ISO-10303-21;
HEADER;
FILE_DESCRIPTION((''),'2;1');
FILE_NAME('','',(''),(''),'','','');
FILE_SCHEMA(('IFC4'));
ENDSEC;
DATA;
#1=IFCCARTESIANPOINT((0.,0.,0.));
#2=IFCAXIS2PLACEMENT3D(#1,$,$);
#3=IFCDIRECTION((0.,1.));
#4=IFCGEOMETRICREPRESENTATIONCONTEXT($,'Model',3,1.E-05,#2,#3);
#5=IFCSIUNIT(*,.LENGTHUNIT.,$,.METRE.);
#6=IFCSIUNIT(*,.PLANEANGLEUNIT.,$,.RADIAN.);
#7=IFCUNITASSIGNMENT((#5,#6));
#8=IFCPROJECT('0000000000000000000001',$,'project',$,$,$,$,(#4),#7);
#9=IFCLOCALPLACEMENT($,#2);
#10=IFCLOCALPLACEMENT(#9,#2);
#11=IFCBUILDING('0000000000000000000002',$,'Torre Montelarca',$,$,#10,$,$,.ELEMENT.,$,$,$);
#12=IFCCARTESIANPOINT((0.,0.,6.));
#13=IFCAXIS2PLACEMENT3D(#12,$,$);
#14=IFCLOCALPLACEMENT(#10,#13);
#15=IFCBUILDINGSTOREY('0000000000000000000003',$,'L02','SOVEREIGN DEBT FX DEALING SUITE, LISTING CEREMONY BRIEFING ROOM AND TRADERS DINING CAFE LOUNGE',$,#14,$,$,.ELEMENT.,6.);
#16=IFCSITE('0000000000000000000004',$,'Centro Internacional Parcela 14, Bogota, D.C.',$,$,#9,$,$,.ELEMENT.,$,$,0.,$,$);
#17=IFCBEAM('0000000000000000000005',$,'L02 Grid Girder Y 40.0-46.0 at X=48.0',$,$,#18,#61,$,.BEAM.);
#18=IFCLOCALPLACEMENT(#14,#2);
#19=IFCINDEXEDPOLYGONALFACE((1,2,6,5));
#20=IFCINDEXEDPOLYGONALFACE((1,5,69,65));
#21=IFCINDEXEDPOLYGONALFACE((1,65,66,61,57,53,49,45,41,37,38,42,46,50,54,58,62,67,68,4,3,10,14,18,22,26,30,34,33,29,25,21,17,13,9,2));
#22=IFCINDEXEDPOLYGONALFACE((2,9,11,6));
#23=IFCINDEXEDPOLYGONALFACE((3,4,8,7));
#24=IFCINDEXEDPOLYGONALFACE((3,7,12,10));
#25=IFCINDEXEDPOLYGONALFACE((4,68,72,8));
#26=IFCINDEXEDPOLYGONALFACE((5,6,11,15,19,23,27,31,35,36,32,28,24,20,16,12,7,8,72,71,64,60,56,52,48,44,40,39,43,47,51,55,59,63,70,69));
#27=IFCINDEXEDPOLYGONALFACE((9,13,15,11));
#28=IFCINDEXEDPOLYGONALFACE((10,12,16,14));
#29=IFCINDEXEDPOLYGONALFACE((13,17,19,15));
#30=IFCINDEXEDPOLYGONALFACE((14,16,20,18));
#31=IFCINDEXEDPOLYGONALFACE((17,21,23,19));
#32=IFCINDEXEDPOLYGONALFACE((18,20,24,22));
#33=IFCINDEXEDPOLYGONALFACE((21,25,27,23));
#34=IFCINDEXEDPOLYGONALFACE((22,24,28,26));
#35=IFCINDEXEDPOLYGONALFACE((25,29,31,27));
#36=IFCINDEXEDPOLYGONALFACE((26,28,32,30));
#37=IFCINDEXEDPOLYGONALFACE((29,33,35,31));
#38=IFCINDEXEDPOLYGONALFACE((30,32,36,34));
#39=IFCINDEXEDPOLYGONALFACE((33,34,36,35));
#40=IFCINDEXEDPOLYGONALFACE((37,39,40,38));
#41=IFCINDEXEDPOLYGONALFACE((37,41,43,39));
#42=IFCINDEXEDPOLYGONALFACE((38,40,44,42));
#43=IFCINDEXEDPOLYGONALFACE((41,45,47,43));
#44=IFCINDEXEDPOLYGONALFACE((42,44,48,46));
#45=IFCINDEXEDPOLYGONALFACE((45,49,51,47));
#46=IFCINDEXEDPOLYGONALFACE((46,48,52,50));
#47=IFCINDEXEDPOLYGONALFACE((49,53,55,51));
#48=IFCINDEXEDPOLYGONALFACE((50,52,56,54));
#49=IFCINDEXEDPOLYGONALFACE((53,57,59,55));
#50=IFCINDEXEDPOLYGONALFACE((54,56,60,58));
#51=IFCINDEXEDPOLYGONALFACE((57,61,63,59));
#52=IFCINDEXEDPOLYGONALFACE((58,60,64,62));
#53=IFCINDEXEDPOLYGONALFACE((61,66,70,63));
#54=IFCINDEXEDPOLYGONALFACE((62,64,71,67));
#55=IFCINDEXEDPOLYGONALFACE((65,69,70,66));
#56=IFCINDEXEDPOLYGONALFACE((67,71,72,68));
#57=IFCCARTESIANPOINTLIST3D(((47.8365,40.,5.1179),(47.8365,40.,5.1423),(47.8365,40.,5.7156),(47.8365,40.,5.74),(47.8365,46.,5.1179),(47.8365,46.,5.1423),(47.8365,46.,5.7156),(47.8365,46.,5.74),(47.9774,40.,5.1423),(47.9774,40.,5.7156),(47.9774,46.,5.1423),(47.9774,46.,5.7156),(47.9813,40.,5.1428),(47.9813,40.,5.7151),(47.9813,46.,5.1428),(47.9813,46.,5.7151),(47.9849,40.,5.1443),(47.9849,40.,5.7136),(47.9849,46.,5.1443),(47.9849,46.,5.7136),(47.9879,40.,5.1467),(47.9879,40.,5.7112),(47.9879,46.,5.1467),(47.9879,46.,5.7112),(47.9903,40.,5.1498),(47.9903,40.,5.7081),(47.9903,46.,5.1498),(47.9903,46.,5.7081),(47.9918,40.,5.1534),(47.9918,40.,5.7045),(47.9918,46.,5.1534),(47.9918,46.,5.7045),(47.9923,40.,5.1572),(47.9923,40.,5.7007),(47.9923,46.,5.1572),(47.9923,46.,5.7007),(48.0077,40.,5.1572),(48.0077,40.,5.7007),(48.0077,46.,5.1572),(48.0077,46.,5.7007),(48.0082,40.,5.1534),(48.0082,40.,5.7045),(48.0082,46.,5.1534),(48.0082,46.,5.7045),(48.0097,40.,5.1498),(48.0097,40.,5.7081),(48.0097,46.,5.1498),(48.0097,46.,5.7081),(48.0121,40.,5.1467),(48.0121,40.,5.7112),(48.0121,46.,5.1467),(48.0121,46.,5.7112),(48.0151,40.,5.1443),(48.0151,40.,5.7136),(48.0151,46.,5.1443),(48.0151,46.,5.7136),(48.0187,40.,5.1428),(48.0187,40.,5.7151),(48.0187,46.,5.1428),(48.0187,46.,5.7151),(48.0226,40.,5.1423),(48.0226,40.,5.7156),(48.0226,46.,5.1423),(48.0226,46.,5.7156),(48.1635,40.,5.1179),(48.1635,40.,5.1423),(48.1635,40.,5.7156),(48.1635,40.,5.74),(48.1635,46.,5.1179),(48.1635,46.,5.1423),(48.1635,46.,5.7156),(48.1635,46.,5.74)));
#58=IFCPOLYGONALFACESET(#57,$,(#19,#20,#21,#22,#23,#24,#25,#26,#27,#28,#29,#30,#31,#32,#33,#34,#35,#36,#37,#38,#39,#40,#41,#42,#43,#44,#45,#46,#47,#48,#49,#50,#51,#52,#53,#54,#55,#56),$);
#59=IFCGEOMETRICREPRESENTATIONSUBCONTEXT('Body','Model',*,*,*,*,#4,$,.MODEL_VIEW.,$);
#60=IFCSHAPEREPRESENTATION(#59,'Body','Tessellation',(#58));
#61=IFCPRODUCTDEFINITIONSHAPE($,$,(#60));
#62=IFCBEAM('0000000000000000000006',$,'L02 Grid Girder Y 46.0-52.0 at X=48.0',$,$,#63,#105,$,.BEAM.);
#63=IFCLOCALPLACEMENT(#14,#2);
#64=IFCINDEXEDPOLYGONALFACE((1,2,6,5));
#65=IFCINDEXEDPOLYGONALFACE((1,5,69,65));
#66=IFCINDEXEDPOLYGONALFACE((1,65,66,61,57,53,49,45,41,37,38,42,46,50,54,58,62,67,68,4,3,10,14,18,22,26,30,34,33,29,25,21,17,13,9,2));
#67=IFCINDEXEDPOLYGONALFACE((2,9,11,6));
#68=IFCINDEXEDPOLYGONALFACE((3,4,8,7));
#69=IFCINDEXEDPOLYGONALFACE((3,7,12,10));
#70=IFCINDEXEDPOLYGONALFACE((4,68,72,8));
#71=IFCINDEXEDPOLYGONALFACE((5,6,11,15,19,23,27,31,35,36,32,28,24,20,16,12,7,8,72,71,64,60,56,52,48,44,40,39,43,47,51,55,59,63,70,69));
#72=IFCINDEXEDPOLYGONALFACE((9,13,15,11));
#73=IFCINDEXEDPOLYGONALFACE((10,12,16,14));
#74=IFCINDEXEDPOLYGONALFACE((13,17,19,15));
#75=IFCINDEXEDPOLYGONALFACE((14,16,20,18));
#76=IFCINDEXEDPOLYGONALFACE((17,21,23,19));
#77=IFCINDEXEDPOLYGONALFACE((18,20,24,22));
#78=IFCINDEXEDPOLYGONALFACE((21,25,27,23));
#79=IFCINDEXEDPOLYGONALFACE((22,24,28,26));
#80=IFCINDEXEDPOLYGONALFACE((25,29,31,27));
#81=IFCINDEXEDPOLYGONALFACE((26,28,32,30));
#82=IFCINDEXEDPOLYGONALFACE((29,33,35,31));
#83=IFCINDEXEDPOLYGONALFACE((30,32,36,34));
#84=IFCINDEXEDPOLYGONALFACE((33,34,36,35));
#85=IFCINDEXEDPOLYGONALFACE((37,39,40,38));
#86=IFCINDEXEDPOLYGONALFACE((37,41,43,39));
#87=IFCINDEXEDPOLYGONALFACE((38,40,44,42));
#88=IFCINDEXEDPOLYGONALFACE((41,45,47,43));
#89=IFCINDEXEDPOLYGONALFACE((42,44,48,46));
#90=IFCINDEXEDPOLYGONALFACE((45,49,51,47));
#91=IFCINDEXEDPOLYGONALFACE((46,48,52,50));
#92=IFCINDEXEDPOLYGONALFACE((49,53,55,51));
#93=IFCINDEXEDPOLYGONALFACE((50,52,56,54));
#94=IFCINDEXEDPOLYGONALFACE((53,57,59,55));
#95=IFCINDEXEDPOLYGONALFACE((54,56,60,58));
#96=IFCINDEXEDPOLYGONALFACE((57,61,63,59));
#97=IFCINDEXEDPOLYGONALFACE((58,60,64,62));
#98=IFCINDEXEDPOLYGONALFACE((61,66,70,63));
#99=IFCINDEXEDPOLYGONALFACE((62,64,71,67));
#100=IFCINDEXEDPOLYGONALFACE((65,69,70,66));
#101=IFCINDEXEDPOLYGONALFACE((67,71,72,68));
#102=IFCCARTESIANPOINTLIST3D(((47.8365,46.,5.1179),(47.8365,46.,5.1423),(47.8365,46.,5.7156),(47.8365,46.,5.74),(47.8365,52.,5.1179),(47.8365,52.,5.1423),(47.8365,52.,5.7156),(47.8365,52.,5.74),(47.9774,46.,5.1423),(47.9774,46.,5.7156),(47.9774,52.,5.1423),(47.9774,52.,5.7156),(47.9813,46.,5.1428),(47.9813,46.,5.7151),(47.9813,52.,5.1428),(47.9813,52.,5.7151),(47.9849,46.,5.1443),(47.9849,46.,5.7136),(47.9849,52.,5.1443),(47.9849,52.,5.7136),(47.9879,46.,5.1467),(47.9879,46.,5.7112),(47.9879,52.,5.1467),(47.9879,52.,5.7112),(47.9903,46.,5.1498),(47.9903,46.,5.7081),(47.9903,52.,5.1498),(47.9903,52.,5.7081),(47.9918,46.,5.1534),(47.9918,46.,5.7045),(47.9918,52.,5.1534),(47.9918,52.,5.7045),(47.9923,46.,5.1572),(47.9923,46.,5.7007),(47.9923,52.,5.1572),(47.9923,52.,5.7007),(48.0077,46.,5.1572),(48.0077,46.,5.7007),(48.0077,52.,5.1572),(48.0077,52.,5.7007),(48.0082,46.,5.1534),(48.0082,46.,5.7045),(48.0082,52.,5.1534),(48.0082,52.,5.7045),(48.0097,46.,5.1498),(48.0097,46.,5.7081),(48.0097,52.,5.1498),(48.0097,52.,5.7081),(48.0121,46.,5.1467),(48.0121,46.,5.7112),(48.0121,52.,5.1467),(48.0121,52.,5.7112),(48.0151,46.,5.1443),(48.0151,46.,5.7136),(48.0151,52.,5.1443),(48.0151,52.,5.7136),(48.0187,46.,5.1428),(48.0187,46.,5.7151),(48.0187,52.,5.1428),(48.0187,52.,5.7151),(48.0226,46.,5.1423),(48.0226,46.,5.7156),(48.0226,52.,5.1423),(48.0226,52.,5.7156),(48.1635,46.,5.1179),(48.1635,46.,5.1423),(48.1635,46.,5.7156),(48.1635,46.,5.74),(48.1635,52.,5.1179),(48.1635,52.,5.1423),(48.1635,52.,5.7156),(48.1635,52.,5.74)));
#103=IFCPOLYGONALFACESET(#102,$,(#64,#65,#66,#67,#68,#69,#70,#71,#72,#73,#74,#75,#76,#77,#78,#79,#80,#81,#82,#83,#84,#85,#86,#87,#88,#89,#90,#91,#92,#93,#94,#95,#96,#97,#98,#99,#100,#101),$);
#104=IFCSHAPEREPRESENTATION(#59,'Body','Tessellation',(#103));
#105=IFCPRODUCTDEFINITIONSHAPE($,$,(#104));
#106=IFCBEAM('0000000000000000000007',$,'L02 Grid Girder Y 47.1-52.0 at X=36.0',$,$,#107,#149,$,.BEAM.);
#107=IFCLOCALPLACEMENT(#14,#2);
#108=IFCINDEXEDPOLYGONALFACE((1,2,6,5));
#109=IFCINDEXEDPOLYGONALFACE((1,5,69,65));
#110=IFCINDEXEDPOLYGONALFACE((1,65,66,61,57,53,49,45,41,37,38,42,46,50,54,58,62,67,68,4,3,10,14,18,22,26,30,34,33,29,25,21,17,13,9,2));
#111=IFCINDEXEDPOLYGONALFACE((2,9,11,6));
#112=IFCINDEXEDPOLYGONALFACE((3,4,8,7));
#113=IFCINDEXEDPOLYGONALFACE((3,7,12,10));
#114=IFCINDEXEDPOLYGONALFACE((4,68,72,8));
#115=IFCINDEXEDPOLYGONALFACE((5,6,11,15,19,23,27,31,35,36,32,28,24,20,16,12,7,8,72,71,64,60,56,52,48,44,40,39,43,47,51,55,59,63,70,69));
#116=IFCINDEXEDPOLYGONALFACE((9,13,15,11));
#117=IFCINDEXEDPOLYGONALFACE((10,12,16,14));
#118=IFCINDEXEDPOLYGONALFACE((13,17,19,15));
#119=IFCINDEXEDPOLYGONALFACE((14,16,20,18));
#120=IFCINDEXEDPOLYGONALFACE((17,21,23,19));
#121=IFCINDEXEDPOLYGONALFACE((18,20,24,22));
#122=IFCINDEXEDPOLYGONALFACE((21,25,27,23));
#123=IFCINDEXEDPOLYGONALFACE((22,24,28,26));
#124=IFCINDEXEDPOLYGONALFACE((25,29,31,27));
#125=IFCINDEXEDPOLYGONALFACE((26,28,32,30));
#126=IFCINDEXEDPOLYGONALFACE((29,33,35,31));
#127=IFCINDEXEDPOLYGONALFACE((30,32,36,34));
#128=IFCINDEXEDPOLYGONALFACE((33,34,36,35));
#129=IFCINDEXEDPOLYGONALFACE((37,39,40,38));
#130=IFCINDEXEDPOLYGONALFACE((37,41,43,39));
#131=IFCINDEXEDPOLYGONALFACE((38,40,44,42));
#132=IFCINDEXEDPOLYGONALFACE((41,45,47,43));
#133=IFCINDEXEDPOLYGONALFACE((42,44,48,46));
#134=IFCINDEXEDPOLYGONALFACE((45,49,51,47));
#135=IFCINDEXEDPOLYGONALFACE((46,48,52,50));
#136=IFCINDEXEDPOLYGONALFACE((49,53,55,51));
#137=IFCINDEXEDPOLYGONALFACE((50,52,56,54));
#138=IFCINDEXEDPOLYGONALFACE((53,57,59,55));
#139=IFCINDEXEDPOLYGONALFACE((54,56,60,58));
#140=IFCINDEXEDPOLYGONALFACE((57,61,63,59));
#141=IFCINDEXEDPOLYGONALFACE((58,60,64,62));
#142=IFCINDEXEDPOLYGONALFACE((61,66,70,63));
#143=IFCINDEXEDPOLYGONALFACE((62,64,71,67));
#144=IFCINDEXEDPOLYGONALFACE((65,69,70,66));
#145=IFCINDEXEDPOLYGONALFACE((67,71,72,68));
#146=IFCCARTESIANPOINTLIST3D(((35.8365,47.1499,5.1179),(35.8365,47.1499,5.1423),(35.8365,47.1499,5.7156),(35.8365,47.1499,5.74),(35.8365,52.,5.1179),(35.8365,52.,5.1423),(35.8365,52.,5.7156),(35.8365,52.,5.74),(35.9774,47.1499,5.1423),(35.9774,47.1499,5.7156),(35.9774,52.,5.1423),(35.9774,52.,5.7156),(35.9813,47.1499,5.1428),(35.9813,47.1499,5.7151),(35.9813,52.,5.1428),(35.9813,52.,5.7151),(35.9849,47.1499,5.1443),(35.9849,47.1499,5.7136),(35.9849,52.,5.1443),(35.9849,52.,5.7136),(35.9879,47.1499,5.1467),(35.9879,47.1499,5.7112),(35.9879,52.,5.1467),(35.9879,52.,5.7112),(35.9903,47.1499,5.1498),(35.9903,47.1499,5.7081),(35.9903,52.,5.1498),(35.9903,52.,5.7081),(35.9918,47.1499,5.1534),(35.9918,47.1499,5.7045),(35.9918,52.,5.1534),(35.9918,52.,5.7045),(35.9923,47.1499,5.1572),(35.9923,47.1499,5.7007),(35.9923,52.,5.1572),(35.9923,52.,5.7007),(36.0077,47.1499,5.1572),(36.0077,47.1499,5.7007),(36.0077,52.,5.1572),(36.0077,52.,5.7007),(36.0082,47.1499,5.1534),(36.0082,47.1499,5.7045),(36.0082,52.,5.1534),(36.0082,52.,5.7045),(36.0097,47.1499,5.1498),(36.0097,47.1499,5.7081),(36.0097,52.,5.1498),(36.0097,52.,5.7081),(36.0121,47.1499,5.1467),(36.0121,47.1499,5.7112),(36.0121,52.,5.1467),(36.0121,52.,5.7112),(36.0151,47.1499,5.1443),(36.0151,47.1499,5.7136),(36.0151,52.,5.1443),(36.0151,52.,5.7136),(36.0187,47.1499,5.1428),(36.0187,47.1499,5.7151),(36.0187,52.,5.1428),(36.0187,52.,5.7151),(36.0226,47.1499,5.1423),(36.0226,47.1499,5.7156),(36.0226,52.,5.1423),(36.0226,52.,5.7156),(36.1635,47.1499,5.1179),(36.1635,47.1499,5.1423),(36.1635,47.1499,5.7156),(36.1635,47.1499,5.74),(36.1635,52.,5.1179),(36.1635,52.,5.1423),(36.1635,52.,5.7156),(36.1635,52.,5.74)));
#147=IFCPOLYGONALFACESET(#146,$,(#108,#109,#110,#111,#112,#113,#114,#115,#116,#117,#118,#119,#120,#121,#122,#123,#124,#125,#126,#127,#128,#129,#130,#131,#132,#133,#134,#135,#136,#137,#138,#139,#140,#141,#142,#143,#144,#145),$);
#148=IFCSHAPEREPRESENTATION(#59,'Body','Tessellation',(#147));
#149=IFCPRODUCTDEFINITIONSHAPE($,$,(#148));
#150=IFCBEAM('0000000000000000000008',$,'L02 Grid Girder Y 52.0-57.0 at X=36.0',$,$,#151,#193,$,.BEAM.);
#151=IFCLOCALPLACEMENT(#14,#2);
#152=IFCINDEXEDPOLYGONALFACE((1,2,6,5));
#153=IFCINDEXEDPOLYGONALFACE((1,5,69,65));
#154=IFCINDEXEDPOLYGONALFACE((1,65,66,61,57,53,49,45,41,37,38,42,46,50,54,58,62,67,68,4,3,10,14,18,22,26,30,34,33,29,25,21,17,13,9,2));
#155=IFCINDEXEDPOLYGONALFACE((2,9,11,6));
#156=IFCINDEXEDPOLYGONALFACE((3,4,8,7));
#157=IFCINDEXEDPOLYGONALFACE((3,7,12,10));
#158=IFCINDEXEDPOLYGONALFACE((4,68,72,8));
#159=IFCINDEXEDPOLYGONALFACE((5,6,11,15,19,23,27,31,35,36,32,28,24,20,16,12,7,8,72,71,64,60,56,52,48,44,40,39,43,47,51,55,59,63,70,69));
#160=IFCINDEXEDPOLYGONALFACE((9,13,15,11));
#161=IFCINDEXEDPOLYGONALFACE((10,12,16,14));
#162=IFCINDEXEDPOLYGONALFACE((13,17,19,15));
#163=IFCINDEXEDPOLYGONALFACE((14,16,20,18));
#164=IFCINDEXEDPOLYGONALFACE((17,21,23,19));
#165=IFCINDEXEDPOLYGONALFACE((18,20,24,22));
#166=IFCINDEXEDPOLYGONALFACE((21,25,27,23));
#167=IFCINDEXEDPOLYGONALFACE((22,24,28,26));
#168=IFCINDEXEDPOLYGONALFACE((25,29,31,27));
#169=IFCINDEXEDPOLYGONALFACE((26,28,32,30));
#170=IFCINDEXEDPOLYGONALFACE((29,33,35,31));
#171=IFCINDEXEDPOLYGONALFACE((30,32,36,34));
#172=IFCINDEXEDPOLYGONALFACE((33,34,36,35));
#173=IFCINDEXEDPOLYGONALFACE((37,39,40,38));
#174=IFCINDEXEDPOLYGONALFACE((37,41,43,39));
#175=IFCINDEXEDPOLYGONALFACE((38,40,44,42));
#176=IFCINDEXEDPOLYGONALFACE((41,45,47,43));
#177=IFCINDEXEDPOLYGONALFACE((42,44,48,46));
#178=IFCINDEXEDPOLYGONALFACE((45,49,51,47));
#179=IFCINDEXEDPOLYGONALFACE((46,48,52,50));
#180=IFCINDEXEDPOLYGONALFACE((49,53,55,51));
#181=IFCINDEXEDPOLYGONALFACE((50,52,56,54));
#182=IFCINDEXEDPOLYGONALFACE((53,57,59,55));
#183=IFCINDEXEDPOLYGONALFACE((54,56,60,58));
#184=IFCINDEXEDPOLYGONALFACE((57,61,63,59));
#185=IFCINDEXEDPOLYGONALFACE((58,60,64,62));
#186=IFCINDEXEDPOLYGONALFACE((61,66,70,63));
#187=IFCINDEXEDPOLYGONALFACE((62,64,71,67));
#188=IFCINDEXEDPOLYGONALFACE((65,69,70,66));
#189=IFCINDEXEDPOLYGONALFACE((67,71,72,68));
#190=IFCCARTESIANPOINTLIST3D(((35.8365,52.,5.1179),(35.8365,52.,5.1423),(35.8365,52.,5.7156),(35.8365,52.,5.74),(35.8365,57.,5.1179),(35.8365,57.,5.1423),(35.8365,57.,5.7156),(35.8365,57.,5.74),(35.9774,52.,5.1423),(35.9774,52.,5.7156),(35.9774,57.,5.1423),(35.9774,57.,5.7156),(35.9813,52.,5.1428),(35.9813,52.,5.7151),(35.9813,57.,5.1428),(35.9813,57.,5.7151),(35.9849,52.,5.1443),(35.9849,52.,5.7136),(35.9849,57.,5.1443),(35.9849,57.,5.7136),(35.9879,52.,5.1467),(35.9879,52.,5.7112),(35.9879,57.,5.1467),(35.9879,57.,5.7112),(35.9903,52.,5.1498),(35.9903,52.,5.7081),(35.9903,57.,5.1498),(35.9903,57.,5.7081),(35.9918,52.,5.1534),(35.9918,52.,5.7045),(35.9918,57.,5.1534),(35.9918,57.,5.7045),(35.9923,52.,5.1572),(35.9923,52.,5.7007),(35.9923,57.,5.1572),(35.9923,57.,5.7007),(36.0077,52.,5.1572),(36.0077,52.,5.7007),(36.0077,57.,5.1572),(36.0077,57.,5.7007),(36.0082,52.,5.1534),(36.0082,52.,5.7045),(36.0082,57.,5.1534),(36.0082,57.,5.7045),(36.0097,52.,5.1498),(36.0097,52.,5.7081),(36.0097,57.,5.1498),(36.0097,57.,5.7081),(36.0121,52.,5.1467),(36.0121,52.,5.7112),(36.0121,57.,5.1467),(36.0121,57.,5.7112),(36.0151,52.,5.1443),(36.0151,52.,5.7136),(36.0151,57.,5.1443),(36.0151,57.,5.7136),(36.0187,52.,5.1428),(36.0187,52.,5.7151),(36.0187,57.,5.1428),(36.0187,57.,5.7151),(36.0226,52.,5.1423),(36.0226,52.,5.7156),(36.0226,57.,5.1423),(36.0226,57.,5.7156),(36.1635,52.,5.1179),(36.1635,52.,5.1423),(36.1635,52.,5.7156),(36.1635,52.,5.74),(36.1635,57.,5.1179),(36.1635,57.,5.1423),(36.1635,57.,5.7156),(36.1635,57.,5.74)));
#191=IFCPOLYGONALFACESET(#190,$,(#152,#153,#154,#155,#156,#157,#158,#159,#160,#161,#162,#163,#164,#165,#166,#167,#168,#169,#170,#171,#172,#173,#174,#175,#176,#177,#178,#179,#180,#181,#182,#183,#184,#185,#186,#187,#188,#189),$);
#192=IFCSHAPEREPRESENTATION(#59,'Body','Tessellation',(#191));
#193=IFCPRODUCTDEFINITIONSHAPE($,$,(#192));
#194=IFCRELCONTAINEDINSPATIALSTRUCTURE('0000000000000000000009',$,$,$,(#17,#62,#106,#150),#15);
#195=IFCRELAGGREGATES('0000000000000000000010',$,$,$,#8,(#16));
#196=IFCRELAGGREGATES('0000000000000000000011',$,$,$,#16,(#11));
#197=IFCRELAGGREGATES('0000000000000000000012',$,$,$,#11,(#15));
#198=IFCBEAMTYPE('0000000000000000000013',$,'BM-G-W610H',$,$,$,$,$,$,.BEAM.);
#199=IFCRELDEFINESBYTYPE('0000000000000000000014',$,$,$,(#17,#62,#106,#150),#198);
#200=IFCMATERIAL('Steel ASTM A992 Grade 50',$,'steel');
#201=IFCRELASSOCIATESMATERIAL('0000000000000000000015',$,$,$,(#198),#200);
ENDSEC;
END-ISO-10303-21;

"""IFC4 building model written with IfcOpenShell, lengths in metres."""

from ifc_helpers import new_model, si_unit, direction, frame, origin, origin_2d, place, context, subcontext, project, spatial, i_section, extrude, source, transform, mapped, material, material_profile, profile_set, type_object, element, save


model = new_model("IFC4")

# Units and contexts
model_context = context("Model", 3, precision=1e-05, world=origin(), true_north=direction((0.0, 1.0)))
body_context = subcontext(model_context, "Body", "Model", "MODEL_VIEW")
ifc_project = project(units=[si_unit("LENGTHUNIT", "METRE"), si_unit("PLANEANGLEUNIT", "RADIAN")], contexts=[model_context])

# Site, building, storey
site_placement = place(None, origin())
site = spatial("IfcSite", under=ifc_project, at=site_placement, Name="Centro Internacional Parcela 14, Bogota, D.C.", CompositionType="ELEMENT", RefElevation=0.0)
building_placement = place(site_placement, origin())
building = spatial("IfcBuilding", under=site, at=building_placement, Name="Torre Montelarca", CompositionType="ELEMENT")
storey_placement = place(building_placement, frame((0.0, 0.0, 6.0)))
storey = spatial("IfcBuildingStorey", under=building, at=storey_placement, Name="L02", Description="SOVEREIGN DEBT FX DEALING SUITE, LISTING CEREMONY BRIEFING ROOM AND TRADERS DINING CAFE LOUNGE", CompositionType="ELEMENT", Elevation=6.0)

# Shared definitions
ifc_material_1 = material(Name="Steel ASTM A992 Grade 50", Category="steel")

# Beams
ifc_material_profile_1 = material_profile(ifc_material_1, i_section(OverallWidth=0.3269, OverallDepth=0.6221, WebThickness=0.0154, FlangeThickness=0.0244, FilletRadius=0.0149, at=origin_2d()), Name="W610X195", Category="steel")
ifc_profile_set_1 = profile_set([ifc_material_profile_1], Name="Steel ASTM A992 Grade 50")
beam_type_1 = type_object("IfcBeamType", Name="BM-G-W610H", PredefinedType="BEAM", material=ifc_profile_set_1)
shared_shape_1 = source(origin(), body_context, "Body", "SweptSolid", [
    extrude(i_section(OverallWidth=0.3269, OverallDepth=0.6221, WebThickness=0.0154, FlangeThickness=0.0244, FilletRadius=0.0149, at=origin_2d()), origin(), (0.0, 0.0, 1.0), 6.0),
])
for number, where, z_axis, x_axis, name in (
    (1, (48.0, 40.0, 5.429), (0.0, 1.0, 0.0), (-1.0, 0.0, 0.0), "L02 Grid Girder Y 40.0-46.0 at X=48.0"),
    (2, (48.0, 46.0, 5.429), (0.0, 1.0, 0.0), (-1.0, 0.0, 0.0), "L02 Grid Girder Y 46.0-52.0 at X=48.0"),
):
    element("IfcBeam", number, at=place(storey_placement, frame(where, z_axis=z_axis, x_axis=x_axis)), inside=storey, type_object=beam_type_1, Name=name, PredefinedType="BEAM", context=body_context, shape_type="MappedRepresentation", body=[
        mapped(shared_shape_1, transform((0.0, 0.0, 0.0), scale=1.0)),
    ])
shared_shape_2 = source(origin(), body_context, "Body", "SweptSolid", [
    extrude(i_section(OverallWidth=0.3269, OverallDepth=0.6221, WebThickness=0.0154, FlangeThickness=0.0244, FilletRadius=0.0149, at=origin_2d()), origin(), (0.0, 0.0, 1.0), 4.8501),
])
beam_placement = place(storey_placement, frame((36.0, 47.1499, 5.429), z_axis=(0.0, 1.0, 0.0), x_axis=(-1.0, 0.0, 0.0)))
element("IfcBeam", 3, at=beam_placement, inside=storey, type_object=beam_type_1, Name="L02 Grid Girder Y 47.1-52.0 at X=36.0", PredefinedType="BEAM", context=body_context, shape_type="MappedRepresentation", body=[
    mapped(shared_shape_2, transform((0.0, 0.0, 0.0), scale=1.0)),
])
shared_shape_3 = source(origin(), body_context, "Body", "SweptSolid", [
    extrude(i_section(OverallWidth=0.3269, OverallDepth=0.6221, WebThickness=0.0154, FlangeThickness=0.0244, FilletRadius=0.0149, at=origin_2d()), origin(), (0.0, 0.0, 1.0), 5.0),
])
for number, where, z_axis, x_axis, name in (
    (4, (36.0, 52.0, 5.429), (0.0, 1.0, 0.0), (-1.0, 0.0, 0.0), "L02 Grid Girder Y 52.0-57.0 at X=36.0"),
):
    element("IfcBeam", number, at=place(storey_placement, frame(where, z_axis=z_axis, x_axis=x_axis)), inside=storey, type_object=beam_type_1, Name=name, PredefinedType="BEAM", context=body_context, shape_type="MappedRepresentation", body=[
        mapped(shared_shape_3, transform((0.0, 0.0, 0.0), scale=1.0)),
    ])

save(model, "model.ifc")
